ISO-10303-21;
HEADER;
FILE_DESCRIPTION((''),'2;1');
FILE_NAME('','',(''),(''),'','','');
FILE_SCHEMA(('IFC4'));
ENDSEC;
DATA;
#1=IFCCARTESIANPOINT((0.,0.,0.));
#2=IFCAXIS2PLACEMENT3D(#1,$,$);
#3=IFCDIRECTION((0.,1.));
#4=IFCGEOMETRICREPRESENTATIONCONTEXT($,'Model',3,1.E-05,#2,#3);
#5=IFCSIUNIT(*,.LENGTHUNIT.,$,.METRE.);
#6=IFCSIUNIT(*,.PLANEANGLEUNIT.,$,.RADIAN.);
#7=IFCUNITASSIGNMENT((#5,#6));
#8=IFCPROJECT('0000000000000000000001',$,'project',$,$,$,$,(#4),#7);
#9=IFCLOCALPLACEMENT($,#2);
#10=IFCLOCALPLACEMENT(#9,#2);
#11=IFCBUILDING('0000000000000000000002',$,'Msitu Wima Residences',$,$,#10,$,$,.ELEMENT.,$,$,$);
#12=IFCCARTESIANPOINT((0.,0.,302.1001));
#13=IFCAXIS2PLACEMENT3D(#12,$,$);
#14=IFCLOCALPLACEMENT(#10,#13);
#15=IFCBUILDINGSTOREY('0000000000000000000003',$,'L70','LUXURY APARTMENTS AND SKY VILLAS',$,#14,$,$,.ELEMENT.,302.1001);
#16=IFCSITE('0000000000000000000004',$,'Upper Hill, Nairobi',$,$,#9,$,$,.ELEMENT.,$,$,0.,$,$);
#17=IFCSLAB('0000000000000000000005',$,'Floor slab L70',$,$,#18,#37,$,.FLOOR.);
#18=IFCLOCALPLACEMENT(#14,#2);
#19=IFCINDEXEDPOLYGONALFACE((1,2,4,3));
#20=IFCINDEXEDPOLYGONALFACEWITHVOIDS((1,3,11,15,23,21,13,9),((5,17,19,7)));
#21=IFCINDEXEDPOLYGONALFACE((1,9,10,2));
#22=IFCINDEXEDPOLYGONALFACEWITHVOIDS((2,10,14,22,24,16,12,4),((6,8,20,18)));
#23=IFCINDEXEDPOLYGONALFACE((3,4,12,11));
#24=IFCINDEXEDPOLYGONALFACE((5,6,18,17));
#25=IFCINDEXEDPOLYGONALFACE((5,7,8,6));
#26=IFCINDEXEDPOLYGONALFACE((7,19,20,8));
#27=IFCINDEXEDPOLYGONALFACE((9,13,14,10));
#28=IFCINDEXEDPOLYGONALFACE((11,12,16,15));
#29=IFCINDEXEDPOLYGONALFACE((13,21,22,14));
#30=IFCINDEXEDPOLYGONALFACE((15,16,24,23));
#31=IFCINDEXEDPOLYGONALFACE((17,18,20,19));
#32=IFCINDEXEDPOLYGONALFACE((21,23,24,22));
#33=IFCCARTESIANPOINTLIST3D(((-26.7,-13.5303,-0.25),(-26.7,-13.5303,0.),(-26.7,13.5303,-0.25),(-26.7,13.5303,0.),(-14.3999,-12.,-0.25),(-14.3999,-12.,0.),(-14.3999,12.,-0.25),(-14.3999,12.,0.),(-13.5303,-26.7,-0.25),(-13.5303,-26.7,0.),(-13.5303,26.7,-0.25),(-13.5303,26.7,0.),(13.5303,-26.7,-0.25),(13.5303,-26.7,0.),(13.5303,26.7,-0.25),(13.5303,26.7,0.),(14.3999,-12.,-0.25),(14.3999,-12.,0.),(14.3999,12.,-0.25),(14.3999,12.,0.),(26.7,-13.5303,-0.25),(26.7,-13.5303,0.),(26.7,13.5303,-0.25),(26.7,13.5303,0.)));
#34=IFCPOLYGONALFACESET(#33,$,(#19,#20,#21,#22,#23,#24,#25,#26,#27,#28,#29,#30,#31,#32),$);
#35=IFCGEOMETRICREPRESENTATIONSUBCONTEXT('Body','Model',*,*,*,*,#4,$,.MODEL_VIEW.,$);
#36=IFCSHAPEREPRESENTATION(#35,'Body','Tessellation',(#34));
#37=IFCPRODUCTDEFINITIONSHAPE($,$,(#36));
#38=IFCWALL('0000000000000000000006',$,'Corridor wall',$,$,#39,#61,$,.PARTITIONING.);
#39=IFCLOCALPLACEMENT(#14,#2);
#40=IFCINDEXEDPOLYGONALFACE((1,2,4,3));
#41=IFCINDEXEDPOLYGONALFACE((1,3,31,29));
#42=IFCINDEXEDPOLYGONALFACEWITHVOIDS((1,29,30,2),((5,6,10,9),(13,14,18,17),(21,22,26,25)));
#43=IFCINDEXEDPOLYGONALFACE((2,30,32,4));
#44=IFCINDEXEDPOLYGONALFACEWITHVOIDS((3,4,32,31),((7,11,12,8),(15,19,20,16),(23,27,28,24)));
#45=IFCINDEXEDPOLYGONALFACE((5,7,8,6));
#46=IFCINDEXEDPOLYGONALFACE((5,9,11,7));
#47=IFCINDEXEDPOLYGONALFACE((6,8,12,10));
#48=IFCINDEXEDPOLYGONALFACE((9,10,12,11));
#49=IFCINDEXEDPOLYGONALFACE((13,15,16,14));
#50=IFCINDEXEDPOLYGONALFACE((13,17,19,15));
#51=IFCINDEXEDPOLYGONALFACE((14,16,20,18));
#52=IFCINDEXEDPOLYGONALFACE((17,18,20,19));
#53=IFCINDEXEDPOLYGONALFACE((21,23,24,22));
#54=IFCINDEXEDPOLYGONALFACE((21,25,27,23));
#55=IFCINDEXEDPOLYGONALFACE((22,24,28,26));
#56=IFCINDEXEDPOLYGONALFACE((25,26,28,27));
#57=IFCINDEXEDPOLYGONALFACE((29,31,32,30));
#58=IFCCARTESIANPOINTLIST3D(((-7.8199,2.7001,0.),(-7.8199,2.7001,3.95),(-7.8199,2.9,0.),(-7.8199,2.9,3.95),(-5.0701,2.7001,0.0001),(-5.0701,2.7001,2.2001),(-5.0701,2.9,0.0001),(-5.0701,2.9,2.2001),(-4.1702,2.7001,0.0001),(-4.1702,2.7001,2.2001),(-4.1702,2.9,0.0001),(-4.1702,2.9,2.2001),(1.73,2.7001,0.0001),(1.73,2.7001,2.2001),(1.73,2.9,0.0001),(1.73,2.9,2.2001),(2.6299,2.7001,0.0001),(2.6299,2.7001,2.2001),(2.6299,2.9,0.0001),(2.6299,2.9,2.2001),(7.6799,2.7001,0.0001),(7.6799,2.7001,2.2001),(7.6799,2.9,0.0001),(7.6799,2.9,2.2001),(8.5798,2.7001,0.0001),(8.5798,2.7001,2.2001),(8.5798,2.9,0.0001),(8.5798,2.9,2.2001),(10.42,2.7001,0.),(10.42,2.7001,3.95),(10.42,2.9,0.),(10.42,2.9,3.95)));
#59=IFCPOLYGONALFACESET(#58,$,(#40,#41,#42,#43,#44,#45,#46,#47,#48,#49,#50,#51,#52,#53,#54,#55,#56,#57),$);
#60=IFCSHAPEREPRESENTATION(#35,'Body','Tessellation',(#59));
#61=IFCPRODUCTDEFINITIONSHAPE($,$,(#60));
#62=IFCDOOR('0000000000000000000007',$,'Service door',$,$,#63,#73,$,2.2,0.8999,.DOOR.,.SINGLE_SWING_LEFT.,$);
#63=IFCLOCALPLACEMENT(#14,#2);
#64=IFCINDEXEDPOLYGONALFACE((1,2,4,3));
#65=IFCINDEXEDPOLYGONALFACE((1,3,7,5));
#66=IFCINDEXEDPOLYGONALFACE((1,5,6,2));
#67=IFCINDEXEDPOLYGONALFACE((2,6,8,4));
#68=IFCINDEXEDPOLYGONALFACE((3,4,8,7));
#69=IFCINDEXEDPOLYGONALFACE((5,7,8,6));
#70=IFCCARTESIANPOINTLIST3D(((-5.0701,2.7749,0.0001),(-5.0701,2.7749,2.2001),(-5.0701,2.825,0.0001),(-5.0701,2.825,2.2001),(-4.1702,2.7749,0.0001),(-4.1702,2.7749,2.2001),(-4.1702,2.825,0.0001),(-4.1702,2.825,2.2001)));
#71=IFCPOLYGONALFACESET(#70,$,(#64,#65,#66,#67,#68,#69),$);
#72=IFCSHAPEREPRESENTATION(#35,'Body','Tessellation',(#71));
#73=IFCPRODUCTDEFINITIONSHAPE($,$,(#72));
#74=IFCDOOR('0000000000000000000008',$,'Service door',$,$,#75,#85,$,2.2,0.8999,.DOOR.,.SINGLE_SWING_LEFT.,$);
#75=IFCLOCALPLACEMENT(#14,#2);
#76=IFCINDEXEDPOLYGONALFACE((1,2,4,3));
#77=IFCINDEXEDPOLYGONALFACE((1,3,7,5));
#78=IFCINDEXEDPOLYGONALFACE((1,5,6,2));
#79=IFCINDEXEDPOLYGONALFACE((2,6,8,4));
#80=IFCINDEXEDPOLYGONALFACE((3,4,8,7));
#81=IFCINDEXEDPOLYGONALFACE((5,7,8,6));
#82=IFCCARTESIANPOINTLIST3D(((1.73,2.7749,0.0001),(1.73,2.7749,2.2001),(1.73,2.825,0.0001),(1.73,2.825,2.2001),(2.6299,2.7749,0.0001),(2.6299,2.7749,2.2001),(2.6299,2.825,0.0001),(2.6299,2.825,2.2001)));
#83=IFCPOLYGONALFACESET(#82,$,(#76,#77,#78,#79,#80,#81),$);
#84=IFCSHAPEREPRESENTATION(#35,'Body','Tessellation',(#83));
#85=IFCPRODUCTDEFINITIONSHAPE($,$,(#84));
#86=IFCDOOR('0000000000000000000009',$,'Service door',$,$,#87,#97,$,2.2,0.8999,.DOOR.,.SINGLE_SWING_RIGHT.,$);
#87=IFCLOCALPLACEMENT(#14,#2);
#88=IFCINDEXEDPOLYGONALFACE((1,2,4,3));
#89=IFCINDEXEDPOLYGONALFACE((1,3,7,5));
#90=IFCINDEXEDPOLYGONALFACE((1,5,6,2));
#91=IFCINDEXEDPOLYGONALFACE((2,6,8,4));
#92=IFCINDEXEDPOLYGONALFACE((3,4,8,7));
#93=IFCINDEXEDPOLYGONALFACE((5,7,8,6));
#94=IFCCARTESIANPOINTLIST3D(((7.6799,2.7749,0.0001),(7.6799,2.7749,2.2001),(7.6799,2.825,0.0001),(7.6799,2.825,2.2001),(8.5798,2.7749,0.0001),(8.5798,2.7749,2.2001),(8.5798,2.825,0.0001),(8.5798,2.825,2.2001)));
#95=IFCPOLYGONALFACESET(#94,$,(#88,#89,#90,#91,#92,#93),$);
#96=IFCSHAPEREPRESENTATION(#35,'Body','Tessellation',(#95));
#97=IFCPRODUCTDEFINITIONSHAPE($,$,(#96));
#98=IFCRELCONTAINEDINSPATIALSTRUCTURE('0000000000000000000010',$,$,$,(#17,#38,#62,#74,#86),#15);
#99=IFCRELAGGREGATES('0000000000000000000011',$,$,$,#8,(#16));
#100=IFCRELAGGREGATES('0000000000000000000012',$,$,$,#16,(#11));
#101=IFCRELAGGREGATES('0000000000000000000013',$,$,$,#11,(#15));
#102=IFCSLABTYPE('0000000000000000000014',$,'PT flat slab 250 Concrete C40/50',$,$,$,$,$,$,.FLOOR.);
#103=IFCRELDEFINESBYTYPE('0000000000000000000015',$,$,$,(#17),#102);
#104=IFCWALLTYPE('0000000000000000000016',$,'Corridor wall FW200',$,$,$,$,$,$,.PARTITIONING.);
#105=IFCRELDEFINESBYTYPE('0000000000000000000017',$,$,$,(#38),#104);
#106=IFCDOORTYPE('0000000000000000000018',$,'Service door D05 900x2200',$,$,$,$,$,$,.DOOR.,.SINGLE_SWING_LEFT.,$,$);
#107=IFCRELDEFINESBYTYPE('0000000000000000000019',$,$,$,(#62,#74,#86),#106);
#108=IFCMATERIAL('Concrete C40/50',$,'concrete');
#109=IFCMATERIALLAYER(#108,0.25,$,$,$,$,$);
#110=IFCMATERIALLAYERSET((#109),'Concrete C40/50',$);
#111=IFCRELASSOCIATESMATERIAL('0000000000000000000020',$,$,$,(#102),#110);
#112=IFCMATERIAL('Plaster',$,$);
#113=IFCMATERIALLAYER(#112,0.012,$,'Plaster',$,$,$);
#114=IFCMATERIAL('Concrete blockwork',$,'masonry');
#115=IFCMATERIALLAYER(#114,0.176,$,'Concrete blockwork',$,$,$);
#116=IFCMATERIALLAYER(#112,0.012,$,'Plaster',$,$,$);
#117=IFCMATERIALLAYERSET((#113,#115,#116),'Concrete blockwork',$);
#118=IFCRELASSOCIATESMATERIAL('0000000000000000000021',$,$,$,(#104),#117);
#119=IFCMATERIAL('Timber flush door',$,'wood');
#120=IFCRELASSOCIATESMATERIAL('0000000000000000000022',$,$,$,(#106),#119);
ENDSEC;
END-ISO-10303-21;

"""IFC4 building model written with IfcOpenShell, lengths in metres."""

from ifc_helpers import new_model, si_unit, direction, frame, frame_2d, origin, place, context, subcontext, project, spatial, polyline, rectangle, outline, extrude, material, layer, layer_set, type_object, element, fill, save


model = new_model("IFC4")

# Units and contexts
model_context = context("Model", 3, precision=1e-05, world=origin(), true_north=direction((0.0, 1.0)))
body_context = subcontext(model_context, "Body", "Model", "MODEL_VIEW")
ifc_project = project(units=[si_unit("LENGTHUNIT", "METRE"), si_unit("PLANEANGLEUNIT", "RADIAN")], contexts=[model_context])

# Site, building, storey
site_placement = place(None, origin())
site = spatial("IfcSite", under=ifc_project, at=site_placement, Name="Upper Hill, Nairobi", CompositionType="ELEMENT", RefElevation=0.0)
building_placement = place(site_placement, origin())
building = spatial("IfcBuilding", under=site, at=building_placement, Name="Msitu Wima Residences", CompositionType="ELEMENT")
storey_placement = place(building_placement, frame((0.0, 0.0, 302.1001)))
storey = spatial("IfcBuildingStorey", under=building, at=storey_placement, Name="L70", Description="LUXURY APARTMENTS AND SKY VILLAS", CompositionType="ELEMENT", Elevation=302.1001)

# Shared definitions
ifc_material_1 = material(Name="Concrete C40/50", Category="concrete")

# Slab
ifc_layer_1 = layer(ifc_material_1, 0.25)
ifc_layer_set_1 = layer_set([ifc_layer_1], Name="Concrete C40/50")
slab_type_1 = type_object("IfcSlabType", Name="PT flat slab 250 Concrete C40/50", PredefinedType="FLOOR", material=ifc_layer_set_1)
slab_1_placement = place(storey_placement, frame((0.0, 0.0, -0.25)))
element("IfcSlab", 1, at=slab_1_placement, inside=storey, type_object=slab_type_1, Name="Floor slab L70", PredefinedType="FLOOR", context=body_context, shape_type="SweptSolid", body=[
    extrude(outline(polyline([(26.7, -13.5303), (13.5303, -26.7), (-13.5303, -26.7), (-26.7, -13.5303), (-26.7, 13.5303), (-13.5303, 26.7), (13.5303, 26.7), (26.7, 13.5303), (26.7, -13.5303)]), holes=[polyline([(-14.3999, -12.0), (14.3999, -12.0), (14.3999, 12.0), (-14.3999, 12.0), (-14.3999, -12.0)])]), origin(), (0.0, 0.0, 1.0), 0.25),
])

# Wall, openings, doors
ifc_material_2 = material(Name="Plaster")
ifc_layer_2 = layer(ifc_material_2, 0.012, Name="Plaster")
ifc_material_3 = material(Name="Concrete blockwork", Category="masonry")
ifc_layer_3 = layer(ifc_material_3, 0.176, Name="Concrete blockwork")
ifc_layer_4 = layer(ifc_material_2, 0.012, Name="Plaster")
ifc_layer_set_2 = layer_set([ifc_layer_2, ifc_layer_3, ifc_layer_4], Name="Concrete blockwork")
wall_type_1 = type_object("IfcWallType", Name="Corridor wall FW200", PredefinedType="PARTITIONING", material=ifc_layer_set_2)
wall_1_placement = place(storey_placement, frame((-7.8201, 2.8, 0.0), z_axis=(0.0, 0.0, 1.0), x_axis=(1.0, 0.0, 0.0)))
wall_1 = element("IfcWall", 2, at=wall_1_placement, inside=storey, type_object=wall_type_1, Name="Corridor wall", PredefinedType="PARTITIONING", context=body_context, shape_type="SweptSolid", body=[
    extrude(rectangle(XDim=18.24, YDim=0.2, at=frame_2d((9.1201, 0.0))), origin(), (0.0, 0.0, 1.0), 3.95),
])
opening_1_placement = place(wall_1_placement, frame((2.75, 0.0, 0.0)))
opening_1 = element("IfcOpeningElement", 3, at=opening_1_placement, cuts=wall_1, PredefinedType="OPENING", context=body_context, shape_type="SweptSolid", body=[
    extrude(rectangle(XDim=0.8999, YDim=2.2, at=frame_2d((0.45, 1.1001))), frame((0.0, 0.1099, 0.0), z_axis=(0.0, -1.0, 0.0), x_axis=(1.0, 0.0, 0.0)), (0.0, 0.0, 1.0), 0.22),
])
opening_2_placement = place(wall_1_placement, frame((9.55, 0.0, 0.0)))
opening_2 = element("IfcOpeningElement", 4, at=opening_2_placement, cuts=wall_1, PredefinedType="OPENING", context=body_context, shape_type="SweptSolid", body=[
    extrude(rectangle(XDim=0.8999, YDim=2.2, at=frame_2d((0.45, 1.1001))), frame((0.0, 0.1099, 0.0), z_axis=(0.0, -1.0, 0.0), x_axis=(1.0, 0.0, 0.0)), (0.0, 0.0, 1.0), 0.22),
])
opening_3_placement = place(wall_1_placement, frame((15.5, 0.0, 0.0)))
opening_3 = element("IfcOpeningElement", 5, at=opening_3_placement, cuts=wall_1, PredefinedType="OPENING", context=body_context, shape_type="SweptSolid", body=[
    extrude(rectangle(XDim=0.8999, YDim=2.2, at=frame_2d((0.45, 1.1001))), frame((0.0, 0.1099, 0.0), z_axis=(0.0, -1.0, 0.0), x_axis=(1.0, 0.0, 0.0)), (0.0, 0.0, 1.0), 0.22),
])
ifc_material_4 = material(Name="Timber flush door", Category="wood")
door_type_1 = type_object("IfcDoorType", Name="Service door D05 900x2200", OperationType="SINGLE_SWING_LEFT", PredefinedType="DOOR", material=ifc_material_4)
door_1_placement = place(opening_1_placement, origin())
door_1 = element("IfcDoor", 6, at=door_1_placement, inside=storey, type_object=door_type_1, Name="Service door", OperationType="SINGLE_SWING_LEFT", OverallHeight=2.2, OverallWidth=0.8999, PredefinedType="DOOR", context=body_context, shape_type="SweptSolid", body=[
    extrude(rectangle(XDim=0.8999, YDim=2.2, at=frame_2d((0.45, 1.1001))), frame((0.0, 0.0249, 0.0), z_axis=(0.0, -1.0, 0.0), x_axis=(1.0, 0.0, 0.0)), (0.0, 0.0, 1.0), 0.05),
])
fill(opening_1, door_1)
door_2_placement = place(opening_2_placement, origin())
door_2 = element("IfcDoor", 7, at=door_2_placement, inside=storey, type_object=door_type_1, Name="Service door", OperationType="SINGLE_SWING_LEFT", OverallHeight=2.2, OverallWidth=0.8999, PredefinedType="DOOR", context=body_context, shape_type="SweptSolid", body=[
    extrude(rectangle(XDim=0.8999, YDim=2.2, at=frame_2d((0.45, 1.1001))), frame((0.0, 0.0249, 0.0), z_axis=(0.0, -1.0, 0.0), x_axis=(1.0, 0.0, 0.0)), (0.0, 0.0, 1.0), 0.05),
])
fill(opening_2, door_2)
door_3_placement = place(opening_3_placement, origin())
door_3 = element("IfcDoor", 8, at=door_3_placement, inside=storey, type_object=door_type_1, Name="Service door", OperationType="SINGLE_SWING_RIGHT", OverallHeight=2.2, OverallWidth=0.8999, PredefinedType="DOOR", context=body_context, shape_type="SweptSolid", body=[
    extrude(rectangle(XDim=0.8999, YDim=2.2, at=frame_2d((0.45, 1.1001))), frame((0.0, 0.0249, 0.0), z_axis=(0.0, -1.0, 0.0), x_axis=(1.0, 0.0, 0.0)), (0.0, 0.0, 1.0), 0.05),
])
fill(opening_3, door_3)

save(model, "model.ifc")
